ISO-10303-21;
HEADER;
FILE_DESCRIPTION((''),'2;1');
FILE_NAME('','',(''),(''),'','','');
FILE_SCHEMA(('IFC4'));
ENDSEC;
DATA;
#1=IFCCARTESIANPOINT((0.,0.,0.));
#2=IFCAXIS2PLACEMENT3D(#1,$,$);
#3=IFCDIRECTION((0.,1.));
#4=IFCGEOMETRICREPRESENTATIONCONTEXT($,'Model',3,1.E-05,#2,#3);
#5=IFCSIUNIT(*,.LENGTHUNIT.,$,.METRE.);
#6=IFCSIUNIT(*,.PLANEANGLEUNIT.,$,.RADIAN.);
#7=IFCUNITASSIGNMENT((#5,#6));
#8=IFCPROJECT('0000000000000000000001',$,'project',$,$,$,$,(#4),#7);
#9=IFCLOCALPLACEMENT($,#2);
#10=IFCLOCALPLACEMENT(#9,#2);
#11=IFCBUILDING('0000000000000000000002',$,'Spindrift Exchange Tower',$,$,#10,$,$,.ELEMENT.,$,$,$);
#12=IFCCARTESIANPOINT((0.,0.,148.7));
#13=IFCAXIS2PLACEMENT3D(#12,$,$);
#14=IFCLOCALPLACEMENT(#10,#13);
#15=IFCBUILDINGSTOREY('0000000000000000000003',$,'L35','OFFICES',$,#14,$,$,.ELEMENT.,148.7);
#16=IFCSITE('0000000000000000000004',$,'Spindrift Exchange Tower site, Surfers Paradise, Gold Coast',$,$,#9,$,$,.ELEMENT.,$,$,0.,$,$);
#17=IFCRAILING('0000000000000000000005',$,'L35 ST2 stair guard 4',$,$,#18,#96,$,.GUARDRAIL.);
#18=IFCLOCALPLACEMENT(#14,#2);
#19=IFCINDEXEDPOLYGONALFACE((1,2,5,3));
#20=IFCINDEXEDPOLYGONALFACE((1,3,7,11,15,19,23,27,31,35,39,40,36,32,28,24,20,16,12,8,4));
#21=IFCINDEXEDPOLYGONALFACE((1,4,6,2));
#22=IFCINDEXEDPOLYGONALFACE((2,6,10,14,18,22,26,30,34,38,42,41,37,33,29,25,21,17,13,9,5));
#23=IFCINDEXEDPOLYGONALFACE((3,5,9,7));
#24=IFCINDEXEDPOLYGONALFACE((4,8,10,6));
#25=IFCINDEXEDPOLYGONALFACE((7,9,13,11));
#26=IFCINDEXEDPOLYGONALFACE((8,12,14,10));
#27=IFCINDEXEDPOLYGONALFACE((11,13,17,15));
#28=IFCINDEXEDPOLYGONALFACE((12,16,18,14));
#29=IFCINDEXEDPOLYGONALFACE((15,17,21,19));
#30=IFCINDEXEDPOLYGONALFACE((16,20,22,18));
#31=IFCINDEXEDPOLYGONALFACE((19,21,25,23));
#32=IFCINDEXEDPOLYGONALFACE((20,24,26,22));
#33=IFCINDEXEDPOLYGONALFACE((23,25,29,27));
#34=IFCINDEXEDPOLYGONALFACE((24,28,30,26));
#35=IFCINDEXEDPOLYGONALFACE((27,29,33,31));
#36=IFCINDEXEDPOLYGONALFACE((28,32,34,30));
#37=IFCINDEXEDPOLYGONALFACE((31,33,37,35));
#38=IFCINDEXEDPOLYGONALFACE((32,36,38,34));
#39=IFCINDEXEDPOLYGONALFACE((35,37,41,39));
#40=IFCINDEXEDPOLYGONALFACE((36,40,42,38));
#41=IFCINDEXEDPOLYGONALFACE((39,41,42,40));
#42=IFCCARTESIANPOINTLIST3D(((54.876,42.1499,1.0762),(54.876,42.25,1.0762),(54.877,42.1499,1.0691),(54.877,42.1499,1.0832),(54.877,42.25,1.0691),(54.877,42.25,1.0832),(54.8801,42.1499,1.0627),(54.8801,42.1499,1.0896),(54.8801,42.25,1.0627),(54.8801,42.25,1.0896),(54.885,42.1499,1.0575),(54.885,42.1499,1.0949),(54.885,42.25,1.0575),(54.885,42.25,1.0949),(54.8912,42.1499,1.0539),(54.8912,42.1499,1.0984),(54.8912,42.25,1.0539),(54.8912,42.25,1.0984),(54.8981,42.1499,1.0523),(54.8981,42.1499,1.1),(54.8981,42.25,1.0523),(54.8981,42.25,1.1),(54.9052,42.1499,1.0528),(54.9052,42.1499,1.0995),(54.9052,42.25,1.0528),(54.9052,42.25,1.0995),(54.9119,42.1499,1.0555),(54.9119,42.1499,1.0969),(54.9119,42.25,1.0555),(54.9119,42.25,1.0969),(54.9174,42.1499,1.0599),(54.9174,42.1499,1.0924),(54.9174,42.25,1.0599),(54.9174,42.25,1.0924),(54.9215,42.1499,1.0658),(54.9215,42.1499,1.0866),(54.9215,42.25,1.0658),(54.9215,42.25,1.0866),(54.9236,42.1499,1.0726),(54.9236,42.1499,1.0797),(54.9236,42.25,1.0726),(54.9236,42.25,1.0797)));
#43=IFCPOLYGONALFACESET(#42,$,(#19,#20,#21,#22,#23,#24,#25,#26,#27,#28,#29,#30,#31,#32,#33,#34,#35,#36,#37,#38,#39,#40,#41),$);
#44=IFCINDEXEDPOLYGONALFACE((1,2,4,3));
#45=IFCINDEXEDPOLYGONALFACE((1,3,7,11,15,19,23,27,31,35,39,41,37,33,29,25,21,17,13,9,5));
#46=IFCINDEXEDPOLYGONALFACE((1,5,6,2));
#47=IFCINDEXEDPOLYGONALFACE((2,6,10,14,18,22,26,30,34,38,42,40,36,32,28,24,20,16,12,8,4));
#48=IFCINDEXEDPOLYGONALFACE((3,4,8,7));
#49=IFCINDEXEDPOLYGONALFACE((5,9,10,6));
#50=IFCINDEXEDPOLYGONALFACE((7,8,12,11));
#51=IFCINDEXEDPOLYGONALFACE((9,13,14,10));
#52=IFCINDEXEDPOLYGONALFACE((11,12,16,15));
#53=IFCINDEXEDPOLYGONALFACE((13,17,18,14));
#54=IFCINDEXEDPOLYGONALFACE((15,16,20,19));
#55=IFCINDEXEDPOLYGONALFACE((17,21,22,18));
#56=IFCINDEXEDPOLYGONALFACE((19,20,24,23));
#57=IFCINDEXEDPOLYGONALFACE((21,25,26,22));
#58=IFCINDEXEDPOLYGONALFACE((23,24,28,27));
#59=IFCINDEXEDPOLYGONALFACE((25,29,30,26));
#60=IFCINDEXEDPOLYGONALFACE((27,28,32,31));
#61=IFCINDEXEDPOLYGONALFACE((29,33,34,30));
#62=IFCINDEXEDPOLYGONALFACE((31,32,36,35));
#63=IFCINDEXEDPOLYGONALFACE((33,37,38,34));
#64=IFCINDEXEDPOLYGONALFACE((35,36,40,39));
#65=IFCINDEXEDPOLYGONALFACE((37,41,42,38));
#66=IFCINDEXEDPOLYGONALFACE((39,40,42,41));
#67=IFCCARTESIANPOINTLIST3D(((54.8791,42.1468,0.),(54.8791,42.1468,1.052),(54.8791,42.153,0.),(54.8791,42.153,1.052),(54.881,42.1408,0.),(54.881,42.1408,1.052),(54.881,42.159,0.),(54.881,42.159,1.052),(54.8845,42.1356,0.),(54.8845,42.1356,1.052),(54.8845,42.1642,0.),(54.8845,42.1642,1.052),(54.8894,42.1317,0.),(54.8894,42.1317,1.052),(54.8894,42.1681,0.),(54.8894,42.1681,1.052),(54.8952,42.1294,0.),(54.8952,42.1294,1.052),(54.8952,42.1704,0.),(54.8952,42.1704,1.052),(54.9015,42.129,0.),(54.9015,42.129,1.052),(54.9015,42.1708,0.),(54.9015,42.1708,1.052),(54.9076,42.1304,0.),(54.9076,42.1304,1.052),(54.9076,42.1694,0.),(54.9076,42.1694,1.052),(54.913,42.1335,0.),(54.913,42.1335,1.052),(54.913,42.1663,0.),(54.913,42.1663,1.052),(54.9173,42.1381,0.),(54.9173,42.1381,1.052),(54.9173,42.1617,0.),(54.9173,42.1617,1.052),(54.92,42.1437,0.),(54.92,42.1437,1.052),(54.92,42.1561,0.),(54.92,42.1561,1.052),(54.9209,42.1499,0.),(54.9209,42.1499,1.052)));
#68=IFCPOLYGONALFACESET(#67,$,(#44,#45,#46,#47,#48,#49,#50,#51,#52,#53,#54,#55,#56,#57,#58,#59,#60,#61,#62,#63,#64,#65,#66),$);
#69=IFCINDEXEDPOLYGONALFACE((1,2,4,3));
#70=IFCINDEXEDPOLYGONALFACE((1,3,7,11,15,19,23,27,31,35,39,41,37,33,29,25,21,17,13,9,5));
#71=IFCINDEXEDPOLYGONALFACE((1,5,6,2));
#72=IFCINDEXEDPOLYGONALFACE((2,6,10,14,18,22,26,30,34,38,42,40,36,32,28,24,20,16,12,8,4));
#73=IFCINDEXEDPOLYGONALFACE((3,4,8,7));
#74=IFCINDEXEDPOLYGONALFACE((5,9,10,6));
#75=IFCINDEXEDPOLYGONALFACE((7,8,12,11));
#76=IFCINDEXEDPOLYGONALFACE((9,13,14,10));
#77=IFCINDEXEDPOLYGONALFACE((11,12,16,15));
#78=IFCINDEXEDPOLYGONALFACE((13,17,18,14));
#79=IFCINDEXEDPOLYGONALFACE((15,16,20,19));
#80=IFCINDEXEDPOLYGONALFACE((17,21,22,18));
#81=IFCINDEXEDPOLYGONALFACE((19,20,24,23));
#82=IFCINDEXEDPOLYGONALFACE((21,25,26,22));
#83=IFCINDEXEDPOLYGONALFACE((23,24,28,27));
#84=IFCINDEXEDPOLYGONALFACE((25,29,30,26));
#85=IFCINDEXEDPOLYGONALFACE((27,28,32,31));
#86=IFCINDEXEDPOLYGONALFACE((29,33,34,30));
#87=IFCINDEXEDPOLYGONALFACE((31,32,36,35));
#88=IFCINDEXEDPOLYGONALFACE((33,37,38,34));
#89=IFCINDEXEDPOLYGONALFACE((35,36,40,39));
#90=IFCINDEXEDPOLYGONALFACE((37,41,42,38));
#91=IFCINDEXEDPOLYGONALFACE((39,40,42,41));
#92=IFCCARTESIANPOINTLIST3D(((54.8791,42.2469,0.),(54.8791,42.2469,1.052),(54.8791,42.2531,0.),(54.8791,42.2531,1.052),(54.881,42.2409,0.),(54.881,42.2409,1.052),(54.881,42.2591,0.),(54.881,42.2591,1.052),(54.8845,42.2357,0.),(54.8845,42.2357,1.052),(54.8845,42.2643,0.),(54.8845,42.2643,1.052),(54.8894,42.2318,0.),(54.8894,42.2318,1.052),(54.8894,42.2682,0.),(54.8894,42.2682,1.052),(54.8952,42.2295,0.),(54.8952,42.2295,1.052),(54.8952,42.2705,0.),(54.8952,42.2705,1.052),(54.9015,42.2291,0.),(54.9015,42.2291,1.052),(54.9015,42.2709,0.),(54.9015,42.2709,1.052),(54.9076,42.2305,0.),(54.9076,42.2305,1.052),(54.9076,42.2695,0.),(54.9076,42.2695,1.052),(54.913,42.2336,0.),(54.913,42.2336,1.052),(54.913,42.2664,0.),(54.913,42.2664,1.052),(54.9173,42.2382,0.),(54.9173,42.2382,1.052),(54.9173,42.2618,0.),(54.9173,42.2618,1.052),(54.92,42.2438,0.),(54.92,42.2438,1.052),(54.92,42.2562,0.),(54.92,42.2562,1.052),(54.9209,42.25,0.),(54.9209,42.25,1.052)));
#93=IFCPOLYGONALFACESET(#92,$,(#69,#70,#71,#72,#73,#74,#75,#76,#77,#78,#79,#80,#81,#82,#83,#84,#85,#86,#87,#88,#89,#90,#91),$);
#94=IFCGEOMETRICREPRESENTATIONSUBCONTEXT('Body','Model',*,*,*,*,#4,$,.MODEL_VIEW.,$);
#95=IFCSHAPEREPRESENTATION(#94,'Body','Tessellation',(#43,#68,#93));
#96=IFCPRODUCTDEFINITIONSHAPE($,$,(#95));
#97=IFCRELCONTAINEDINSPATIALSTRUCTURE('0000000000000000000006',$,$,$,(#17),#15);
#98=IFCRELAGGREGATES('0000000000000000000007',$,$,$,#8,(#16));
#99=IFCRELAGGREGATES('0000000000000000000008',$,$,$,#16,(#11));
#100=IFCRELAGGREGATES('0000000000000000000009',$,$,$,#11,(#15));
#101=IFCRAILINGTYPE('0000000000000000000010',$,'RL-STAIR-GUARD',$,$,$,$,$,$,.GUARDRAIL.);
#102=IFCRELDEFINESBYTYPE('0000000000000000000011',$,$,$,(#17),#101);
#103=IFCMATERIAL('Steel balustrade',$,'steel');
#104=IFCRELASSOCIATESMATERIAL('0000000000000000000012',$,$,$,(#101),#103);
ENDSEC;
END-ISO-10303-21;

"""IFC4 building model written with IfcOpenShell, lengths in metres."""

from ifc_helpers import new_model, si_unit, direction, frame, origin, origin_2d, place, context, subcontext, project, spatial, circle, extrude, material, type_object, element, save


model = new_model("IFC4")

# Units and contexts
model_context = context("Model", 3, precision=1e-05, world=origin(), true_north=direction((0.0, 1.0)))
body_context = subcontext(model_context, "Body", "Model", "MODEL_VIEW")
ifc_project = project(units=[si_unit("LENGTHUNIT", "METRE"), si_unit("PLANEANGLEUNIT", "RADIAN")], contexts=[model_context])

# Site, building, storey
site_placement = place(None, origin())
site = spatial("IfcSite", under=ifc_project, at=site_placement, Name="Spindrift Exchange Tower site, Surfers Paradise, Gold Coast", CompositionType="ELEMENT", RefElevation=0.0)
building_placement = place(site_placement, origin())
building = spatial("IfcBuilding", under=site, at=building_placement, Name="Spindrift Exchange Tower", CompositionType="ELEMENT")
storey_placement = place(building_placement, frame((0.0, 0.0, 148.7)))
storey = spatial("IfcBuildingStorey", under=building, at=storey_placement, Name="L35", Description="OFFICES", CompositionType="ELEMENT", Elevation=148.7)

# Railing
ifc_material_1 = material(Name="Steel balustrade", Category="steel")
railing_type_1 = type_object("IfcRailingType", Name="RL-STAIR-GUARD", PredefinedType="GUARDRAIL", material=ifc_material_1)
railing_1_placement = place(storey_placement, frame((54.8999, 42.1499, 0.0)))
element("IfcRailing", 1, at=railing_1_placement, inside=storey, type_object=railing_type_1, Name="L35 ST2 stair guard 4", PredefinedType="GUARDRAIL", context=body_context, shape_type="SweptSolid", body=[
    extrude(circle(Radius=0.0239, at=origin_2d()), frame((0.0, 0.0, 1.0762), z_axis=(0.0, 1.0, 0.0), x_axis=(-1.0, 0.0, 0.0)), (0.0, 0.0, 1.0), 0.1001),
    extrude(circle(Radius=0.021, at=origin_2d()), origin(), (0.0, 0.0, 1.0), 1.052),
    extrude(circle(Radius=0.021, at=origin_2d()), frame((0.0, 0.1001, 0.0)), (0.0, 0.0, 1.0), 1.052),
])

save(model, "model.ifc")
